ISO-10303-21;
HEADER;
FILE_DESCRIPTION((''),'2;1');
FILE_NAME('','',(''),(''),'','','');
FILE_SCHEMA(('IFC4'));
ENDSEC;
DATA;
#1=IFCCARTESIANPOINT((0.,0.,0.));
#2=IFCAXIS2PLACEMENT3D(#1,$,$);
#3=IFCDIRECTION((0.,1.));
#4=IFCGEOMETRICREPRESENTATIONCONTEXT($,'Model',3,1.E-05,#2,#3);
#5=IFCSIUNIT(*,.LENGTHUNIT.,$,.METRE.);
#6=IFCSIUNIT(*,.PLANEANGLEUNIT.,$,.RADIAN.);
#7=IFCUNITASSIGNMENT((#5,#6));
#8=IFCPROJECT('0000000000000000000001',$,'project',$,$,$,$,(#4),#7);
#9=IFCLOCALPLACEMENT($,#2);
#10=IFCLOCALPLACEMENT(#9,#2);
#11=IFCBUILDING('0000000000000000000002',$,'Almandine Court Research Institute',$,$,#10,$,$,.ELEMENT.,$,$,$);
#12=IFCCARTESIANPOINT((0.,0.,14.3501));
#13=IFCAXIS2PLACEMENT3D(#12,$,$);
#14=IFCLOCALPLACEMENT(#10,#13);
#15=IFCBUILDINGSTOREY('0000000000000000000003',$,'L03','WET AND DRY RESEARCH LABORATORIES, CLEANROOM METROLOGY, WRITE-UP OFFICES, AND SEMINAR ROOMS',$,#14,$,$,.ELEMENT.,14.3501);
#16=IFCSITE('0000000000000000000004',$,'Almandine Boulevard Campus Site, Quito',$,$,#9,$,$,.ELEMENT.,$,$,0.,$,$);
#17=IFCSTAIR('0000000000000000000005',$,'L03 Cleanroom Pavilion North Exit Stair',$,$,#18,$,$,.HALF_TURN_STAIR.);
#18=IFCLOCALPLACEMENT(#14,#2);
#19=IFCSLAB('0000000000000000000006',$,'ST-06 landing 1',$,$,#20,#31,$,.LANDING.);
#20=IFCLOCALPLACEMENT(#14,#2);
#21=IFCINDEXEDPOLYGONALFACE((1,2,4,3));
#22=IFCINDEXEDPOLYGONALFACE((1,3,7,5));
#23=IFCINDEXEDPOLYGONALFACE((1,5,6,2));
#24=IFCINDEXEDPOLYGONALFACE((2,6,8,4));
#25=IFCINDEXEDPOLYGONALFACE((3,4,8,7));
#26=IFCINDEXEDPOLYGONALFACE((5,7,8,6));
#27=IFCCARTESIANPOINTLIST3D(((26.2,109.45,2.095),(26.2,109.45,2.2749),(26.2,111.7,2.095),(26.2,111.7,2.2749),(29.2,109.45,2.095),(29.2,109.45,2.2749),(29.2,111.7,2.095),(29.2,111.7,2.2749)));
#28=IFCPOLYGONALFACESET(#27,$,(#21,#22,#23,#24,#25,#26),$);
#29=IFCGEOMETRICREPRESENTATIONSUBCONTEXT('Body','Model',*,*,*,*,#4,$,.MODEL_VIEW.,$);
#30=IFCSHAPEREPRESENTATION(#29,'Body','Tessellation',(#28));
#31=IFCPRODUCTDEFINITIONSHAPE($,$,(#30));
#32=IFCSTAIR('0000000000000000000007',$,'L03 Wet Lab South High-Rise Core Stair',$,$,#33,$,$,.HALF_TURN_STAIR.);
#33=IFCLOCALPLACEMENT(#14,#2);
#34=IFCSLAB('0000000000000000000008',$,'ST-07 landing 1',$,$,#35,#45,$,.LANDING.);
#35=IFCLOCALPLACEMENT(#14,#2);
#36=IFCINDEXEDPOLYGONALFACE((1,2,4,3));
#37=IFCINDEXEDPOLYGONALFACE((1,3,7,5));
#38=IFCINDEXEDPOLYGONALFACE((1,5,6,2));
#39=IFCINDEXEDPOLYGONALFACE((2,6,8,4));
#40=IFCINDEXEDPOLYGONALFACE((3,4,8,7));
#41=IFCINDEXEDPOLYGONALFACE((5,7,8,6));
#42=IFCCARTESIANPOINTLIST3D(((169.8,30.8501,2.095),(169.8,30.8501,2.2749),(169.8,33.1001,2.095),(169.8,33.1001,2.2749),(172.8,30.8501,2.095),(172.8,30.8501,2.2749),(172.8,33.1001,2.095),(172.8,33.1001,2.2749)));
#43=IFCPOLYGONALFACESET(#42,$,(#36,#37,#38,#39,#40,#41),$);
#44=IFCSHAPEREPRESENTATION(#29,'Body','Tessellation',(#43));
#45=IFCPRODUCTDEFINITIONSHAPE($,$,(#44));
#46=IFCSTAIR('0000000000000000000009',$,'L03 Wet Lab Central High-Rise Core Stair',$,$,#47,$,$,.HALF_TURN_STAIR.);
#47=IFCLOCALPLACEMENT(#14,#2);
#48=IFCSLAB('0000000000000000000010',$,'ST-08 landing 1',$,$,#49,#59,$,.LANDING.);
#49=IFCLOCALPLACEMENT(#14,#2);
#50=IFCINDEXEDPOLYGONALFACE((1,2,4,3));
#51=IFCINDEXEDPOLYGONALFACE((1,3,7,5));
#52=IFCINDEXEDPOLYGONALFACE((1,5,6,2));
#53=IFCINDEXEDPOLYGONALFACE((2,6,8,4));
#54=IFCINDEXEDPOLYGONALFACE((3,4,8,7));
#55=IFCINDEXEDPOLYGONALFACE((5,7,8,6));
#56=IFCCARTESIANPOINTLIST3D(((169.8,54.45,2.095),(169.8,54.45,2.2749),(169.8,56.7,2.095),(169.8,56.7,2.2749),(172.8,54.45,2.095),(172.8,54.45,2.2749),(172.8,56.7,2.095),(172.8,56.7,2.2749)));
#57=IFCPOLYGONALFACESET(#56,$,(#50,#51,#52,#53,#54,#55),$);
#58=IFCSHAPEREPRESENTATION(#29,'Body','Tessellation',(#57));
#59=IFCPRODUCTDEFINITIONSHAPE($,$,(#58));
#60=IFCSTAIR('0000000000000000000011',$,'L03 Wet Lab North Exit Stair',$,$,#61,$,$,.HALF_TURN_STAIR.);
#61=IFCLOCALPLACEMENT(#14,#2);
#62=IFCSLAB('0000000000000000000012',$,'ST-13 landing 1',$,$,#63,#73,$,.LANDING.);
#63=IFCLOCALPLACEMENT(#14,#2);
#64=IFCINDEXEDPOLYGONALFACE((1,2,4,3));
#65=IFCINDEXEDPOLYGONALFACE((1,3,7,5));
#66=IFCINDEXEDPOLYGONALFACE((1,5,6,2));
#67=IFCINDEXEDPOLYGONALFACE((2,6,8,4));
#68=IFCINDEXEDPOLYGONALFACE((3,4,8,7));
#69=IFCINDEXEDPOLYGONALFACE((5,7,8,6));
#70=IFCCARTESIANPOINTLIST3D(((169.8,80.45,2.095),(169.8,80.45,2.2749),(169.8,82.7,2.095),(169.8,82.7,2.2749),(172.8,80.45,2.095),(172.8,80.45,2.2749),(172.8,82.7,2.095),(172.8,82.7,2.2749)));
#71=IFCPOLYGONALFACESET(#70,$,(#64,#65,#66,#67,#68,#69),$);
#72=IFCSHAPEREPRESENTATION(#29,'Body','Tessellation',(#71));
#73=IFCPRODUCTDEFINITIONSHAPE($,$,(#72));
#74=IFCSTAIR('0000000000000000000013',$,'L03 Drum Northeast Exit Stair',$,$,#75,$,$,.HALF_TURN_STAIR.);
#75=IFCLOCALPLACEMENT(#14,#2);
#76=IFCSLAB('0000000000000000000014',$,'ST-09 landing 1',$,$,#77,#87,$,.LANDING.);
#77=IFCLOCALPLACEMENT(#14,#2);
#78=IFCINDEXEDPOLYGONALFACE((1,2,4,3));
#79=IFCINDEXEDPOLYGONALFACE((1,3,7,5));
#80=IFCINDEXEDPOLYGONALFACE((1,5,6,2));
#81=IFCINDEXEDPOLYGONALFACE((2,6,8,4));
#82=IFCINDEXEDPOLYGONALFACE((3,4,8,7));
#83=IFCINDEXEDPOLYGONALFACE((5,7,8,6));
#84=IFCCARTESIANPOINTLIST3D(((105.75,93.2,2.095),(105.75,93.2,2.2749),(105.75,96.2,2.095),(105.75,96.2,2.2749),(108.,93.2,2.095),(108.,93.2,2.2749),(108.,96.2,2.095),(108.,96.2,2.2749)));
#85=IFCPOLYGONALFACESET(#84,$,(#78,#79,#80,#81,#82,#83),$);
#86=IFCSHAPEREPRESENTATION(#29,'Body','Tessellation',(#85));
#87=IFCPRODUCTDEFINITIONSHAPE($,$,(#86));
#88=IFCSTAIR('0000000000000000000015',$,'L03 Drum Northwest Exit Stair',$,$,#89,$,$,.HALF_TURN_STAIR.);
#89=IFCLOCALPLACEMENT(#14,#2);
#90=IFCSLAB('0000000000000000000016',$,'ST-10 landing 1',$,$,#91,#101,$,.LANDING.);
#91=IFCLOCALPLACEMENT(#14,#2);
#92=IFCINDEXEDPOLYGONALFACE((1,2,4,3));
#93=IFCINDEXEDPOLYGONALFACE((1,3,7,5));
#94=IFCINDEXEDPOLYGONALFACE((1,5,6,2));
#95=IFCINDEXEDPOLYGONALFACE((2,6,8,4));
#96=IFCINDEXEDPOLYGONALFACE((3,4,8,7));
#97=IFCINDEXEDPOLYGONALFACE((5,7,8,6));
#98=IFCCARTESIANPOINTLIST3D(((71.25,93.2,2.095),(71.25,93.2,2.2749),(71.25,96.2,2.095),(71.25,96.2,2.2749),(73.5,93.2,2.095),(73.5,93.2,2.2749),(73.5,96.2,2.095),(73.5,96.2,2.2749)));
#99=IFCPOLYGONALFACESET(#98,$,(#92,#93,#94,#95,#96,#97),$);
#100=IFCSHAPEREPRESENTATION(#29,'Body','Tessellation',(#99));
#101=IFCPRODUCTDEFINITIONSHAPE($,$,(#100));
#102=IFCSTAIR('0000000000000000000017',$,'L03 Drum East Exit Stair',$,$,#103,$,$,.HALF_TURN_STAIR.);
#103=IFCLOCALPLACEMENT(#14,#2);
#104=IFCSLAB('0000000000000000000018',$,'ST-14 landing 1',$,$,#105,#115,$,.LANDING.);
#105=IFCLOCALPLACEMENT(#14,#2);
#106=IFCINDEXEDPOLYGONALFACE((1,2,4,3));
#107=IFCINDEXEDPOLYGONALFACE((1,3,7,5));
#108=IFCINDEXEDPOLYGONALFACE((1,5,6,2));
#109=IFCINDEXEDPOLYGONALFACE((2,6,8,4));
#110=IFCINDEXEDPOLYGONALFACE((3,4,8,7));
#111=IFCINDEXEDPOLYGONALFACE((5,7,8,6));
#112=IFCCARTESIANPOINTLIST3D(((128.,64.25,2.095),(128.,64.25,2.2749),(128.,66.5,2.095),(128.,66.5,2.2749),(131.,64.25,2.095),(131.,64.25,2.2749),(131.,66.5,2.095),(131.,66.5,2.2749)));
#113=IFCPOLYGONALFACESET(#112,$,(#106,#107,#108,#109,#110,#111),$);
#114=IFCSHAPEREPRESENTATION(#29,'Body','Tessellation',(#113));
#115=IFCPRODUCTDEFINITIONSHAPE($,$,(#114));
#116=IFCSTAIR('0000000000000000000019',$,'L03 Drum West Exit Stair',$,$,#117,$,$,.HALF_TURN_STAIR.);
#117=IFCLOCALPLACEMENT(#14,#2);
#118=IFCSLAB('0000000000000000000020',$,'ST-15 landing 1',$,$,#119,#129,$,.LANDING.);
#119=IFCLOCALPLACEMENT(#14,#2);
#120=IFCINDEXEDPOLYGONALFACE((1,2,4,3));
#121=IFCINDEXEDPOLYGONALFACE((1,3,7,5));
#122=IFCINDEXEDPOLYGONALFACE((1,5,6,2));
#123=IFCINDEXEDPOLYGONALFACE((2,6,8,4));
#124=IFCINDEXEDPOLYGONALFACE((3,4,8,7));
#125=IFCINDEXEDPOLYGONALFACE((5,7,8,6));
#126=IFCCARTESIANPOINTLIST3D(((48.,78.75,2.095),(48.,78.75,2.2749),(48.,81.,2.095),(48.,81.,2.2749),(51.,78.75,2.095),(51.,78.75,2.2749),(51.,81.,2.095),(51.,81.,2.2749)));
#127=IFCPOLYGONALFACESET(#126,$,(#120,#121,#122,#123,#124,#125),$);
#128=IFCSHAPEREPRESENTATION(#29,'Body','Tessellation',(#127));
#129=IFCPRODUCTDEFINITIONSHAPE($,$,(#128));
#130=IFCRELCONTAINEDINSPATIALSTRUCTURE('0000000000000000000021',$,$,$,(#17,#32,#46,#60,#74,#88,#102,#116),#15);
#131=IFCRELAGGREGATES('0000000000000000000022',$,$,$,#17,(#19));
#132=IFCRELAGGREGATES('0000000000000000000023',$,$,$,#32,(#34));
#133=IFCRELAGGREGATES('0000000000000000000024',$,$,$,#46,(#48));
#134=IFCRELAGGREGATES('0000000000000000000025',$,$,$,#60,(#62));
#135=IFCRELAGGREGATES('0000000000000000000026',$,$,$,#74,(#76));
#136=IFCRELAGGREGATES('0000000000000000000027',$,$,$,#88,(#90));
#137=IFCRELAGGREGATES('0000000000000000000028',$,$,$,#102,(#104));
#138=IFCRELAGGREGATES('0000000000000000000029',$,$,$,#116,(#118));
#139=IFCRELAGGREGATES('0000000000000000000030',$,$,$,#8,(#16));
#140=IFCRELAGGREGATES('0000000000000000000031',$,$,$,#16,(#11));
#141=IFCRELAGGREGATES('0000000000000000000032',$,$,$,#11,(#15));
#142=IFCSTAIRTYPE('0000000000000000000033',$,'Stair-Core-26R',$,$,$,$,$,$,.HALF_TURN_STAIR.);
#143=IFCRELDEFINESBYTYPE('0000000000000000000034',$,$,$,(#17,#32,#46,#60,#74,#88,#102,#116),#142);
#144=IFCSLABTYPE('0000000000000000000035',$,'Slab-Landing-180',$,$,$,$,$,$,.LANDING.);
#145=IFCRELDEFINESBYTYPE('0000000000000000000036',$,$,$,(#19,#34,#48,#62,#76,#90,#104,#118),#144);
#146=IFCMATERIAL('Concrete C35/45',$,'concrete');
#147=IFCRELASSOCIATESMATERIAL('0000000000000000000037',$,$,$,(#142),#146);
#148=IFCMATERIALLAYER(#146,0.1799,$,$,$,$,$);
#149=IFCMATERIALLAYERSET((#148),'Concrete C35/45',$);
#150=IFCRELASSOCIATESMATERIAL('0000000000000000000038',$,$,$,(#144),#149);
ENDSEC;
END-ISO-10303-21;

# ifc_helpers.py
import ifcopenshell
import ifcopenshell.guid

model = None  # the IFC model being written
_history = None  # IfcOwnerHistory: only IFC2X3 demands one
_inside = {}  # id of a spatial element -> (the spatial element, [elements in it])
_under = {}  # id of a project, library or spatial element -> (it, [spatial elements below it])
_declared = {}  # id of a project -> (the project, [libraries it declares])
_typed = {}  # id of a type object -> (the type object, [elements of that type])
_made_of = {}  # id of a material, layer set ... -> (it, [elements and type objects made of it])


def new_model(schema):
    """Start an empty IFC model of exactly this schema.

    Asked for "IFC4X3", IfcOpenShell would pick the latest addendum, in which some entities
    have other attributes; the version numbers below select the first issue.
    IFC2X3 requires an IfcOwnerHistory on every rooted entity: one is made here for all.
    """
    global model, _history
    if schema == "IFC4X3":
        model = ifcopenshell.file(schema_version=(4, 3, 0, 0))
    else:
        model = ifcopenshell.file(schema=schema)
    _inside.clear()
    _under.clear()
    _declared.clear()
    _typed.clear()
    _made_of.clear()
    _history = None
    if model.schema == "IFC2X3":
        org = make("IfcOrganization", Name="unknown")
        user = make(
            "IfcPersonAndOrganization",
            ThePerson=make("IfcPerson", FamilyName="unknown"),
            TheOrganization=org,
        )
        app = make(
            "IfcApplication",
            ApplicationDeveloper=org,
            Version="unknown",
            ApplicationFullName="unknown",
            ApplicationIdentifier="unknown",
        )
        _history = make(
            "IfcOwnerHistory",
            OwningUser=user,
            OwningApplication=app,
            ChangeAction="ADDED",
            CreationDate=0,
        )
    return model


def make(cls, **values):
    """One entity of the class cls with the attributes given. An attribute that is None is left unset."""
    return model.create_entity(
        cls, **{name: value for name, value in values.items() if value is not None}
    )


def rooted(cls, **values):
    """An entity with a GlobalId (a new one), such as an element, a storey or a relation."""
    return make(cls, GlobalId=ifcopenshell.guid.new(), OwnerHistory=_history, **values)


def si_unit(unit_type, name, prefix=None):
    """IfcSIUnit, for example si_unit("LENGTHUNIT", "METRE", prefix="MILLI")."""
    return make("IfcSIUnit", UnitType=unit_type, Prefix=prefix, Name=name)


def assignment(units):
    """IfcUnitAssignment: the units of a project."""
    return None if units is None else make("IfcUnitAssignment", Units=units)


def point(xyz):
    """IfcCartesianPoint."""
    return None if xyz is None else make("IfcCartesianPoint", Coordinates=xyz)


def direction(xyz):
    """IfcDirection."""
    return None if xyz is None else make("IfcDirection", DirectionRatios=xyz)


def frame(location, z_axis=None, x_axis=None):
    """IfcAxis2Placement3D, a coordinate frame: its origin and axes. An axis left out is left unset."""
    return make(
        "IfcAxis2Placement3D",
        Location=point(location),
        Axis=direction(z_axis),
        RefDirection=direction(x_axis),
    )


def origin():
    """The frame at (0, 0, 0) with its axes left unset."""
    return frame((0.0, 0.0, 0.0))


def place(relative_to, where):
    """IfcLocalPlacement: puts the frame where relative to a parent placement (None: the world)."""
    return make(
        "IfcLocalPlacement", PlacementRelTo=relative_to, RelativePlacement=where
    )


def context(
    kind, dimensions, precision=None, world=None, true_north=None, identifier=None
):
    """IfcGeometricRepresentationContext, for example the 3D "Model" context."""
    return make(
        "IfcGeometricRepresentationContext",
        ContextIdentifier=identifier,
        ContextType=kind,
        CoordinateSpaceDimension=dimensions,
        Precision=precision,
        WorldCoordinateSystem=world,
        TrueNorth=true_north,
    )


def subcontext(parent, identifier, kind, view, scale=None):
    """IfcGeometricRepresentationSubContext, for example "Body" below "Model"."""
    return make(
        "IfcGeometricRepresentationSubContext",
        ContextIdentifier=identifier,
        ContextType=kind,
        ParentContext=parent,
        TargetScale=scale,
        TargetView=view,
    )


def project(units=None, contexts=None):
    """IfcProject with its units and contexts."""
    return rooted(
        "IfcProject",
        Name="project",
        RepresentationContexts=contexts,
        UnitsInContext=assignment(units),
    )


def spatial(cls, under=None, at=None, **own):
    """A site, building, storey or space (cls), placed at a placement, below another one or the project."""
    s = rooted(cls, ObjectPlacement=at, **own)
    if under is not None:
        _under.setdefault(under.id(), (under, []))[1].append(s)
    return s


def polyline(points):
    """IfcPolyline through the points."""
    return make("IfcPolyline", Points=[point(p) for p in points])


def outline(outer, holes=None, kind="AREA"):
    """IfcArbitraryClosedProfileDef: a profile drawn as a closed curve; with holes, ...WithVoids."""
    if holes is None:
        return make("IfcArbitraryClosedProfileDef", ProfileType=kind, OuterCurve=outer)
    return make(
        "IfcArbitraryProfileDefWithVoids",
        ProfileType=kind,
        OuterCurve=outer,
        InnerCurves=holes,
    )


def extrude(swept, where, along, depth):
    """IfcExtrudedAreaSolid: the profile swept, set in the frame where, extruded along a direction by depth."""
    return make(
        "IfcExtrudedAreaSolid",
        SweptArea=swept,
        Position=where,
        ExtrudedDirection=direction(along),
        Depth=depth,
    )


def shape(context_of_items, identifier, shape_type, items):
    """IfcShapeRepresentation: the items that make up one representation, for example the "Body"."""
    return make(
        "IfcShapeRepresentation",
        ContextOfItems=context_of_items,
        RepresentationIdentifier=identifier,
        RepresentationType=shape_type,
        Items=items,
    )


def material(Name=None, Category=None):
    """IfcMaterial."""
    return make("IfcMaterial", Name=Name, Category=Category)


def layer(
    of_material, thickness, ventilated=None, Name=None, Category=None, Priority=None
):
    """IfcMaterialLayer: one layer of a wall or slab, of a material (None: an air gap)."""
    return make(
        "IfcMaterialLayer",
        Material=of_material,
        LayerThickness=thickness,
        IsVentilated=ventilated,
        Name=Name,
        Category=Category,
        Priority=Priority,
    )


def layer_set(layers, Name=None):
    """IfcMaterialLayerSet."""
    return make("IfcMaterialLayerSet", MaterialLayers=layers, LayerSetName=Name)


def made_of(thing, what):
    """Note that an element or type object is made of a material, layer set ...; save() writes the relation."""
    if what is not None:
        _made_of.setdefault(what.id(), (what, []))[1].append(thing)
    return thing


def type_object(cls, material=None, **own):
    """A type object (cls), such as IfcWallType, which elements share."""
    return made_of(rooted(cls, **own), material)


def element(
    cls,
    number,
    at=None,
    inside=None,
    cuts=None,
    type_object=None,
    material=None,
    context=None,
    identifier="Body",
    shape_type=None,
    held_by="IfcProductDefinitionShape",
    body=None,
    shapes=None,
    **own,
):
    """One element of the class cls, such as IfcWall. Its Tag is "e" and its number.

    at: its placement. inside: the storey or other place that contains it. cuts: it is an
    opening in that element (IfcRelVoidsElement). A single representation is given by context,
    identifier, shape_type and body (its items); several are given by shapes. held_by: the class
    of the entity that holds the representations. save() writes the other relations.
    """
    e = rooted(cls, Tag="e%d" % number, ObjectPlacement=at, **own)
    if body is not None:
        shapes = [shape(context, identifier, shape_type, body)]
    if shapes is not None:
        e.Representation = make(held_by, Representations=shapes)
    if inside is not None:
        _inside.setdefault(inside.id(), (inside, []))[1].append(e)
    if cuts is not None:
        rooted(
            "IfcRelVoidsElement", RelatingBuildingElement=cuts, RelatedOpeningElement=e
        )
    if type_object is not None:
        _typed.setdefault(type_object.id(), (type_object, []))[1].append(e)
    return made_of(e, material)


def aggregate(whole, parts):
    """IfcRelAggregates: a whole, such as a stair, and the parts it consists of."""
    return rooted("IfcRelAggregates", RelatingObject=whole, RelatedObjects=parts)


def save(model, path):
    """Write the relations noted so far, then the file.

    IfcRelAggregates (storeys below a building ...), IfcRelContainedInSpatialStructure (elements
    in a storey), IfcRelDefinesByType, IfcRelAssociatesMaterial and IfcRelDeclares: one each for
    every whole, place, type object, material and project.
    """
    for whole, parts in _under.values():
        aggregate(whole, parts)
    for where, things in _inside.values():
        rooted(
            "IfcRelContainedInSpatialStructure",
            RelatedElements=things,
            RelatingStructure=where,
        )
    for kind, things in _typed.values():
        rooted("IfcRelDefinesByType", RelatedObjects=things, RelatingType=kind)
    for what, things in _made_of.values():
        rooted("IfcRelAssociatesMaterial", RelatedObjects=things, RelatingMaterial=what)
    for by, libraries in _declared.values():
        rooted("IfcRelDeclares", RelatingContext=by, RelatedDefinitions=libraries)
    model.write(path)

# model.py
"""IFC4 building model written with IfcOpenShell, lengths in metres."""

from ifc_helpers import new_model, si_unit, direction, frame, origin, place, context, subcontext, project, spatial, polyline, outline, extrude, material, layer, layer_set, type_object, element, aggregate, save


model = new_model("IFC4")

# Units and contexts
model_context = context("Model", 3, precision=1e-05, world=origin(), true_north=direction((0.0, 1.0)))
body_context = subcontext(model_context, "Body", "Model", "MODEL_VIEW")
ifc_project = project(units=[si_unit("LENGTHUNIT", "METRE"), si_unit("PLANEANGLEUNIT", "RADIAN")], contexts=[model_context])

# Site, building, storey
site_placement = place(None, origin())
site = spatial("IfcSite", under=ifc_project, at=site_placement, Name="Almandine Boulevard Campus Site, Quito", CompositionType="ELEMENT", RefElevation=0.0)
building_placement = place(site_placement, origin())
building = spatial("IfcBuilding", under=site, at=building_placement, Name="Almandine Court Research Institute", CompositionType="ELEMENT")
storey_placement = place(building_placement, frame((0.0, 0.0, 14.3501)))
storey = spatial("IfcBuildingStorey", under=building, at=storey_placement, Name="L03", Description="WET AND DRY RESEARCH LABORATORIES, CLEANROOM METROLOGY, WRITE-UP OFFICES, AND SEMINAR ROOMS", CompositionType="ELEMENT", Elevation=14.3501)

# Shared definitions
ifc_material_1 = material(Name="Concrete C35/45", Category="concrete")

# Stairs, slabs
stair_type = type_object("IfcStairType", Name="Stair-Core-26R", PredefinedType="HALF_TURN_STAIR", material=ifc_material_1)
ifc_layer_1 = layer(ifc_material_1, 0.1799)
ifc_layer_set_1 = layer_set([ifc_layer_1], Name="Concrete C35/45")
slab_type_1 = type_object("IfcSlabType", Name="Slab-Landing-180", PredefinedType="LANDING", material=ifc_layer_set_1)
stair_1_placement = place(storey_placement, origin())
stair_1 = element("IfcStair", 1, at=stair_1_placement, inside=storey, type_object=stair_type, Name="L03 Cleanroom Pavilion North Exit Stair", PredefinedType="HALF_TURN_STAIR")
slab_1_placement = place(storey_placement, frame((0.0, 0.0, 2.095)))
slab_1 = element("IfcSlab", 2, at=slab_1_placement, type_object=slab_type_1, Name="ST-06 landing 1", PredefinedType="LANDING", context=body_context, shape_type="SweptSolid", body=[
    extrude(outline(polyline([(29.2, 109.45), (29.2, 111.7), (26.2, 111.7), (26.2, 109.45), (29.2, 109.45)])), origin(), (0.0, 0.0, 1.0), 0.1799),
])
aggregate(stair_1, [slab_1])
stair_2_placement = place(storey_placement, origin())
stair_2 = element("IfcStair", 3, at=stair_2_placement, inside=storey, type_object=stair_type, Name="L03 Wet Lab South High-Rise Core Stair", PredefinedType="HALF_TURN_STAIR")
slab_2_placement = place(storey_placement, frame((0.0, 0.0, 2.095)))
slab_2 = element("IfcSlab", 4, at=slab_2_placement, type_object=slab_type_1, Name="ST-07 landing 1", PredefinedType="LANDING", context=body_context, shape_type="SweptSolid", body=[
    extrude(outline(polyline([(172.8, 30.8501), (172.8, 33.1001), (169.8, 33.1001), (169.8, 30.8501), (172.8, 30.8501)])), origin(), (0.0, 0.0, 1.0), 0.1799),
])
aggregate(stair_2, [slab_2])
stair_3_placement = place(storey_placement, origin())
stair_3 = element("IfcStair", 5, at=stair_3_placement, inside=storey, type_object=stair_type, Name="L03 Wet Lab Central High-Rise Core Stair", PredefinedType="HALF_TURN_STAIR")
slab_3_placement = place(storey_placement, frame((0.0, 0.0, 2.095)))
slab_3 = element("IfcSlab", 6, at=slab_3_placement, type_object=slab_type_1, Name="ST-08 landing 1", PredefinedType="LANDING", context=body_context, shape_type="SweptSolid", body=[
    extrude(outline(polyline([(172.8, 54.45), (172.8, 56.7), (169.8, 56.7), (169.8, 54.45), (172.8, 54.45)])), origin(), (0.0, 0.0, 1.0), 0.1799),
])
aggregate(stair_3, [slab_3])
stair_4_placement = place(storey_placement, origin())
stair_4 = element("IfcStair", 7, at=stair_4_placement, inside=storey, type_object=stair_type, Name="L03 Wet Lab North Exit Stair", PredefinedType="HALF_TURN_STAIR")
slab_4_placement = place(storey_placement, frame((0.0, 0.0, 2.095)))
slab_4 = element("IfcSlab", 8, at=slab_4_placement, type_object=slab_type_1, Name="ST-13 landing 1", PredefinedType="LANDING", context=body_context, shape_type="SweptSolid", body=[
    extrude(outline(polyline([(172.8, 80.45), (172.8, 82.7), (169.8, 82.7), (169.8, 80.45), (172.8, 80.45)])), origin(), (0.0, 0.0, 1.0), 0.1799),
])
aggregate(stair_4, [slab_4])
stair_5_placement = place(storey_placement, origin())
stair_5 = element("IfcStair", 9, at=stair_5_placement, inside=storey, type_object=stair_type, Name="L03 Drum Northeast Exit Stair", PredefinedType="HALF_TURN_STAIR")
slab_5_placement = place(storey_placement, frame((0.0, 0.0, 2.095)))
slab_5 = element("IfcSlab", 10, at=slab_5_placement, type_object=slab_type_1, Name="ST-09 landing 1", PredefinedType="LANDING", context=body_context, shape_type="SweptSolid", body=[
    extrude(outline(polyline([(105.75, 93.2), (108.0, 93.2), (108.0, 96.2), (105.75, 96.2), (105.75, 93.2)])), origin(), (0.0, 0.0, 1.0), 0.1799),
])
aggregate(stair_5, [slab_5])
stair_6_placement = place(storey_placement, origin())
stair_6 = element("IfcStair", 11, at=stair_6_placement, inside=storey, type_object=stair_type, Name="L03 Drum Northwest Exit Stair", PredefinedType="HALF_TURN_STAIR")
slab_6_placement = place(storey_placement, frame((0.0, 0.0, 2.095)))
slab_6 = element("IfcSlab", 12, at=slab_6_placement, type_object=slab_type_1, Name="ST-10 landing 1", PredefinedType="LANDING", context=body_context, shape_type="SweptSolid", body=[
    extrude(outline(polyline([(71.25, 93.2), (73.5, 93.2), (73.5, 96.2), (71.25, 96.2), (71.25, 93.2)])), origin(), (0.0, 0.0, 1.0), 0.1799),
])
aggregate(stair_6, [slab_6])
stair_7_placement = place(storey_placement, origin())
stair_7 = element("IfcStair", 13, at=stair_7_placement, inside=storey, type_object=stair_type, Name="L03 Drum East Exit Stair", PredefinedType="HALF_TURN_STAIR")
slab_7_placement = place(storey_placement, frame((0.0, 0.0, 2.095)))
slab_7 = element("IfcSlab", 14, at=slab_7_placement, type_object=slab_type_1, Name="ST-14 landing 1", PredefinedType="LANDING", context=body_context, shape_type="SweptSolid", body=[
    extrude(outline(polyline([(131.0, 64.25), (131.0, 66.5), (128.0, 66.5), (128.0, 64.25), (131.0, 64.25)])), origin(), (0.0, 0.0, 1.0), 0.1799),
])
aggregate(stair_7, [slab_7])
stair_8_placement = place(storey_placement, origin())
stair_8 = element("IfcStair", 15, at=stair_8_placement, inside=storey, type_object=stair_type, Name="L03 Drum West Exit Stair", PredefinedType="HALF_TURN_STAIR")
slab_8_placement = place(storey_placement, frame((0.0, 0.0, 2.095)))
slab_8 = element("IfcSlab", 16, at=slab_8_placement, type_object=slab_type_1, Name="ST-15 landing 1", PredefinedType="LANDING", context=body_context, shape_type="SweptSolid", body=[
    extrude(outline(polyline([(51.0, 78.75), (51.0, 81.0), (48.0, 81.0), (48.0, 78.75), (51.0, 78.75)])), origin(), (0.0, 0.0, 1.0), 0.1799),
])
aggregate(stair_8, [slab_8])

save(model, "model.ifc")
